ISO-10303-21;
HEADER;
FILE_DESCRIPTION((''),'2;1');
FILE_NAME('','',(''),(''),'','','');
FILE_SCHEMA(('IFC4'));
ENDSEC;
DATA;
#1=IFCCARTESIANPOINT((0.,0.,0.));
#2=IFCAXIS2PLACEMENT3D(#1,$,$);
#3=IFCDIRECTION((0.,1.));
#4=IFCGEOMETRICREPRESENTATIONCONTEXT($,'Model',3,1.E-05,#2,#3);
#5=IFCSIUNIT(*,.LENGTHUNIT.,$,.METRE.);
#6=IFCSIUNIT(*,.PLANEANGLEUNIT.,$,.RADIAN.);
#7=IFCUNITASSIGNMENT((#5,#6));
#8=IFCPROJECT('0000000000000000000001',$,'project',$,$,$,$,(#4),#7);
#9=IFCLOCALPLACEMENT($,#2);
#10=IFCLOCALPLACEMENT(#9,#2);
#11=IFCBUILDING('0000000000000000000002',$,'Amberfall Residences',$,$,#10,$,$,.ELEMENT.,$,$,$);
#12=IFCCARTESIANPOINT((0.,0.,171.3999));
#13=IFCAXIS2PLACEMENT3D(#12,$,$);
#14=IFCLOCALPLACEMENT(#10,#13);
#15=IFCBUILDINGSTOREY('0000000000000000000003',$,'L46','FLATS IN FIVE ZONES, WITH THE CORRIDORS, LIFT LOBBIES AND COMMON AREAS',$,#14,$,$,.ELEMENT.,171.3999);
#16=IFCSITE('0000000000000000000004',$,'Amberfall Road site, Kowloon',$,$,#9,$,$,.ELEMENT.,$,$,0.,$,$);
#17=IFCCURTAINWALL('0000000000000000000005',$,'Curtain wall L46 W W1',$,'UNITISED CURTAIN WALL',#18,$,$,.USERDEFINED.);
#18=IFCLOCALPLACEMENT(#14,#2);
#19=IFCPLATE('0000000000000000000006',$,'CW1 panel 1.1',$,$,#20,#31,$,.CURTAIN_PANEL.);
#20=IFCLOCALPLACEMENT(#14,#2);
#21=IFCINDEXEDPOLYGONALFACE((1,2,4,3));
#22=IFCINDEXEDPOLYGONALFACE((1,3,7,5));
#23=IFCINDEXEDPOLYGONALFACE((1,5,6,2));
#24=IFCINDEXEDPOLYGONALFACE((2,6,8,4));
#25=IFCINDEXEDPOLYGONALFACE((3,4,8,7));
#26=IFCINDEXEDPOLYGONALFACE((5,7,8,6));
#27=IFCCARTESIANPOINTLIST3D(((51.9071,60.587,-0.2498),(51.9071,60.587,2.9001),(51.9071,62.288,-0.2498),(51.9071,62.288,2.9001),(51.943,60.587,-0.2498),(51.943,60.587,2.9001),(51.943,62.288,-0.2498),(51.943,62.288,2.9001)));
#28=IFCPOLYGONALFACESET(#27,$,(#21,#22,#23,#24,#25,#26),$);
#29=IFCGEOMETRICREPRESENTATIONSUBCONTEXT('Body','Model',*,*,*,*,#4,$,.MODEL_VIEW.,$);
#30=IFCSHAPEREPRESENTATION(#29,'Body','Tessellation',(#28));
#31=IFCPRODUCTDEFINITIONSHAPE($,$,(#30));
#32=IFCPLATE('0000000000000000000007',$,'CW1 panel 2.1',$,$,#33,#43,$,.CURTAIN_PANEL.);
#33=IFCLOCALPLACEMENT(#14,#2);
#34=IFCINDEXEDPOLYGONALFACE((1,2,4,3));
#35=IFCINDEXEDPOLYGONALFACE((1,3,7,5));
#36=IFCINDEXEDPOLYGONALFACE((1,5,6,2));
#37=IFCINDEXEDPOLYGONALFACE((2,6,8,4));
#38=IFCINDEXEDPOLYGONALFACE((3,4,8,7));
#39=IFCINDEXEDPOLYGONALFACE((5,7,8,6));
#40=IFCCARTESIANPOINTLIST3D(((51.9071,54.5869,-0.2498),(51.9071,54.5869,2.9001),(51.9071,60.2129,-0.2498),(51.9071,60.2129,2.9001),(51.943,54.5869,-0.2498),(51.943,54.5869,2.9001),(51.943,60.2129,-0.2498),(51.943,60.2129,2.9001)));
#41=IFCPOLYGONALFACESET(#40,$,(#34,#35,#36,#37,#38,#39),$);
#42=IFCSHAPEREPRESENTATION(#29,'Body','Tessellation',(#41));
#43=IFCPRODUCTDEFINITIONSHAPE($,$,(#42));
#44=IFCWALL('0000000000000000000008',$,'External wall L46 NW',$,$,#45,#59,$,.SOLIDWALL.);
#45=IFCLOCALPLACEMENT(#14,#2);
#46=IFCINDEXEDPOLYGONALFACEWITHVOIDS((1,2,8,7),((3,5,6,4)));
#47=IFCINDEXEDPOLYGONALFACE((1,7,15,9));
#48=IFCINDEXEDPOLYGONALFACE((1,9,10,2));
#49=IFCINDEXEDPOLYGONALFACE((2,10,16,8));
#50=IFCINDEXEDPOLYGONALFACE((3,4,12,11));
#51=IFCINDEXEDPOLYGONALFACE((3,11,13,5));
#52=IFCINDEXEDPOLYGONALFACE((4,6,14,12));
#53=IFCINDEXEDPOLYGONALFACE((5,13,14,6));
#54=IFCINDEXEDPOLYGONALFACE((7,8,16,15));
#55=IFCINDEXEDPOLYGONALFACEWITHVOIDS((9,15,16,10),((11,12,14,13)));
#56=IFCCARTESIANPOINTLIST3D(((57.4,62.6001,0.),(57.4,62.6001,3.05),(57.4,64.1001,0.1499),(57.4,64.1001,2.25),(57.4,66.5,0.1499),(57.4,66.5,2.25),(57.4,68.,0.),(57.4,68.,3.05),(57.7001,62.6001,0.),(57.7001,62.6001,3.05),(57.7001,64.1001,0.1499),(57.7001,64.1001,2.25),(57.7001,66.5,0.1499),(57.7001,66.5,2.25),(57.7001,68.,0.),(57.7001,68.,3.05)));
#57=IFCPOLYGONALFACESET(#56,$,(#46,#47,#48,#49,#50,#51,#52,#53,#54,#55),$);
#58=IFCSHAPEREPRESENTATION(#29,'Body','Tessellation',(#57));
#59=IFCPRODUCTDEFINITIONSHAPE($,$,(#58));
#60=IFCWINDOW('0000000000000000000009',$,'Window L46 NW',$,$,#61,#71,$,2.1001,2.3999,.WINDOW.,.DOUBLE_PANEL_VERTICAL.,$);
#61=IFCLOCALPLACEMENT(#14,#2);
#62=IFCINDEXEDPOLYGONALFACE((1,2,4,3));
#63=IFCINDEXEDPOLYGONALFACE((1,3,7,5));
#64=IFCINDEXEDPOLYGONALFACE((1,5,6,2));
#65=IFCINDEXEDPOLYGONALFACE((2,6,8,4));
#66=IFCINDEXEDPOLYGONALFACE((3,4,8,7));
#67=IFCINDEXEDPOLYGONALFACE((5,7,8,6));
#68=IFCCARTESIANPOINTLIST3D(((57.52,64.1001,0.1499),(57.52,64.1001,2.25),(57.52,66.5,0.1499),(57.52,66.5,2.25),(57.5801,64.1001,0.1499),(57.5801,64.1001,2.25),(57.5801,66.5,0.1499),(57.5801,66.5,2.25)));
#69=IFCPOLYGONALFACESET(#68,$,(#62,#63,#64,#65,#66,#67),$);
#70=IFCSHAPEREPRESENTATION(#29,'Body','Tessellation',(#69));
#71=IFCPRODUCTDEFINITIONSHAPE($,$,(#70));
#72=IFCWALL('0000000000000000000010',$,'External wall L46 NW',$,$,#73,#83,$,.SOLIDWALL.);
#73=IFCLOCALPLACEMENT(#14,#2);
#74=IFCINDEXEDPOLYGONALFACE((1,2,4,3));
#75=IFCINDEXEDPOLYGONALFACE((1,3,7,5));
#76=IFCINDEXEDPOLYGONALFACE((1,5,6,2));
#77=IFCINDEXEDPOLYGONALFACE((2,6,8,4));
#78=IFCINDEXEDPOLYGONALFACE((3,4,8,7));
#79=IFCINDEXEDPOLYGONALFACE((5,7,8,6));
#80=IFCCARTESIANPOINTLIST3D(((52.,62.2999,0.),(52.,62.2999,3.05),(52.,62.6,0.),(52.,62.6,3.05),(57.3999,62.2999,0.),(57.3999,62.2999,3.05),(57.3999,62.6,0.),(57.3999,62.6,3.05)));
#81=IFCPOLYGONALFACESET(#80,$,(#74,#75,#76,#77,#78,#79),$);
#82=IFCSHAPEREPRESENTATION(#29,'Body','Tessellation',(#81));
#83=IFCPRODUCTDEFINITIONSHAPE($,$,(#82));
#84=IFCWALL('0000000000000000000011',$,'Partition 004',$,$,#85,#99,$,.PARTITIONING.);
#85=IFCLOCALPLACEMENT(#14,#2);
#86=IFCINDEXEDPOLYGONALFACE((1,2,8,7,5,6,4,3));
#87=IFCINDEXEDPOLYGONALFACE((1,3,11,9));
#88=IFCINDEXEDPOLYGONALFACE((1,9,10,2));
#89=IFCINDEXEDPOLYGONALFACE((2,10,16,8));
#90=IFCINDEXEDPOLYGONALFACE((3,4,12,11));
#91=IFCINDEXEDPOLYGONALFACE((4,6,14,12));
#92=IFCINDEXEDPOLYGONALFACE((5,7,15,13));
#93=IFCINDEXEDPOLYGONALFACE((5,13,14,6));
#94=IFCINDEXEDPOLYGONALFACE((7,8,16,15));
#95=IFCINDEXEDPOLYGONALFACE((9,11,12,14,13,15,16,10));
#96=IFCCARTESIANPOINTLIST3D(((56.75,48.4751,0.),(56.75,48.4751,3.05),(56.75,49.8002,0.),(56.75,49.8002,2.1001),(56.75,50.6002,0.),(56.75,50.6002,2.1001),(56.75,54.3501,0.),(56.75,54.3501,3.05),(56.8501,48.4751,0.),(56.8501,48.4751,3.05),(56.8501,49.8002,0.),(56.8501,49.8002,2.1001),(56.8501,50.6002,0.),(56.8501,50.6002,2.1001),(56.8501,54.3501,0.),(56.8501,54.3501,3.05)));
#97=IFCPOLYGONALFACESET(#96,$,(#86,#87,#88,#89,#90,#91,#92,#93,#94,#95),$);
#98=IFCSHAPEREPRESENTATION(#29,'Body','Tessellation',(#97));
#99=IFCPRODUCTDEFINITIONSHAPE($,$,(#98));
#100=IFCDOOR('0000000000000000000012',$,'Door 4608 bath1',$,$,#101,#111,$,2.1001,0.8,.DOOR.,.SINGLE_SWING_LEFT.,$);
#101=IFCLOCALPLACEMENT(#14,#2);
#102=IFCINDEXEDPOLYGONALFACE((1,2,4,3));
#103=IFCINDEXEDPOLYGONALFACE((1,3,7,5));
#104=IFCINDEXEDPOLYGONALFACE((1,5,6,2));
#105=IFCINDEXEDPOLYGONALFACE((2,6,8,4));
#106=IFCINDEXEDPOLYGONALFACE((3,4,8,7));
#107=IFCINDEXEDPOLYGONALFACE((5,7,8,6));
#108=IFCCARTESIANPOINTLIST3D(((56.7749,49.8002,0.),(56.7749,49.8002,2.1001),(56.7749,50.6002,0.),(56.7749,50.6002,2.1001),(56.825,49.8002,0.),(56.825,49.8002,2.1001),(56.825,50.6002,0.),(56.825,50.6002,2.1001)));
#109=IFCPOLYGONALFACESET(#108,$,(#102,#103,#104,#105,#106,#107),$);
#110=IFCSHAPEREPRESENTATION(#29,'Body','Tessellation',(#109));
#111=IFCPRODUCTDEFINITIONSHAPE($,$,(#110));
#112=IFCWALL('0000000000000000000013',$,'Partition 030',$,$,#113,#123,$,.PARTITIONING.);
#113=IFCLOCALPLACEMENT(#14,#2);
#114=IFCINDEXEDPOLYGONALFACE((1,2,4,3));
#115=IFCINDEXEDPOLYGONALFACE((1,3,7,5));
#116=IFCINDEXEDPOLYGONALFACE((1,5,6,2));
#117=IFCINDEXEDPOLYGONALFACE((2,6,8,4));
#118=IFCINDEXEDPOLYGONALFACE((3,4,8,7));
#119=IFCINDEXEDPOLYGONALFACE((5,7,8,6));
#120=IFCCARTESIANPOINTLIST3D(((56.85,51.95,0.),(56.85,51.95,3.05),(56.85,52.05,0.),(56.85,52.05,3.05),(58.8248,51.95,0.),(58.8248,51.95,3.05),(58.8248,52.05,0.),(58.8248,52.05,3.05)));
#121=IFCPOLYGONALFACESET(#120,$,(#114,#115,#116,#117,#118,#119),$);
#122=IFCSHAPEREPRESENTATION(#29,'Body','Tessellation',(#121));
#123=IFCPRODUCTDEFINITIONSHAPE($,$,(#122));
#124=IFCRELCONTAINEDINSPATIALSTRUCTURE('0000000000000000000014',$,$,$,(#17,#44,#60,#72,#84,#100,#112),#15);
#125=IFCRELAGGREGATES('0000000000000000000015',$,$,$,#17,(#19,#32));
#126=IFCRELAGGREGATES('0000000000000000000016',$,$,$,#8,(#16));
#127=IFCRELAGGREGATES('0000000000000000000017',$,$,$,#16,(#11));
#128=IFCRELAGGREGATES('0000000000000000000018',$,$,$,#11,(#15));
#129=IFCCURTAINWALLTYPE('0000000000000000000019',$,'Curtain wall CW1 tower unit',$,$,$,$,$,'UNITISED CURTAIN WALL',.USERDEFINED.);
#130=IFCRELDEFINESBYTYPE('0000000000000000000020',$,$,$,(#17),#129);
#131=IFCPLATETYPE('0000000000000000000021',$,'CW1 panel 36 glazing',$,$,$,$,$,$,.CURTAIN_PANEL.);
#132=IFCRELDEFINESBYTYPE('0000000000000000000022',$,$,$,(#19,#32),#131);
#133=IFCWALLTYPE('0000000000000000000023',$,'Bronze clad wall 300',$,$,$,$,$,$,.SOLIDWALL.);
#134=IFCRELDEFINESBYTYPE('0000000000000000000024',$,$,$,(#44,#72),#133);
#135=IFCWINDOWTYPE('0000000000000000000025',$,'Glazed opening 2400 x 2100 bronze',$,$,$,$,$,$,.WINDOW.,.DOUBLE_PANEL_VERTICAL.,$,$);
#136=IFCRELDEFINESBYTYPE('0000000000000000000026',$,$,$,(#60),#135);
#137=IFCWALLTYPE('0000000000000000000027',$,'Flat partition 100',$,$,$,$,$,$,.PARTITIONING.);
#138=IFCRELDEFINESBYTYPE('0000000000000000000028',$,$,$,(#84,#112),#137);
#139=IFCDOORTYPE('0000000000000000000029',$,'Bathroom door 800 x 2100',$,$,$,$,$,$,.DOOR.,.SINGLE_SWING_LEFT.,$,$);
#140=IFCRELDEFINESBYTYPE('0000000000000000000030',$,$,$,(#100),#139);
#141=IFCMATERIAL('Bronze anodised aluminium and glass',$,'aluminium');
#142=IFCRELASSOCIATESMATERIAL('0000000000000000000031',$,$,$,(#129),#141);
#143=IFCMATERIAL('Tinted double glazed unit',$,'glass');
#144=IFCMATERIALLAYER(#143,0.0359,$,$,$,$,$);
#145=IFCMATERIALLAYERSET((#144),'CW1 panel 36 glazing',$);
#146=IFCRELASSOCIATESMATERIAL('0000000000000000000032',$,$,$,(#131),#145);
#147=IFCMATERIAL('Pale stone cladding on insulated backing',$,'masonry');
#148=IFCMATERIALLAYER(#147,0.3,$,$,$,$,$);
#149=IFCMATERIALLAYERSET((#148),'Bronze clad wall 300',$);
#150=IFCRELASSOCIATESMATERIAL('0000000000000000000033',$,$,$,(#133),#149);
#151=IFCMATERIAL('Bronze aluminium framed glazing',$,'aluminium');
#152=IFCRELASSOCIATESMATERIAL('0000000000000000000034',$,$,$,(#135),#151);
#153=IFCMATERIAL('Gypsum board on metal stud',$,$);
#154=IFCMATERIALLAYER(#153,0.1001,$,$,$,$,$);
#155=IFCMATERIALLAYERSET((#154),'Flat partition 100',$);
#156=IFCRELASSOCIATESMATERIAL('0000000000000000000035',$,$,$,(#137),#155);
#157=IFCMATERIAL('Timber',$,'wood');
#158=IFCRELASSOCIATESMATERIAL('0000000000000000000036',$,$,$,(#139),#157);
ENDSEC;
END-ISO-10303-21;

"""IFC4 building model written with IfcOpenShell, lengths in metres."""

from ifc_helpers import new_model, si_unit, direction, frame, frame_2d, origin, origin_2d, place, context, subcontext, project, spatial, rectangle, extrude, material, layer, layer_set, type_object, element, fill, aggregate, save


model = new_model("IFC4")

# Units and contexts
model_context = context("Model", 3, precision=1e-05, world=origin(), true_north=direction((0.0, 1.0)))
body_context = subcontext(model_context, "Body", "Model", "MODEL_VIEW")
ifc_project = project(units=[si_unit("LENGTHUNIT", "METRE"), si_unit("PLANEANGLEUNIT", "RADIAN")], contexts=[model_context])

# Site, building, storey
site_placement = place(None, origin())
site = spatial("IfcSite", under=ifc_project, at=site_placement, Name="Amberfall Road site, Kowloon", CompositionType="ELEMENT", RefElevation=0.0)
building_placement = place(site_placement, origin())
building = spatial("IfcBuilding", under=site, at=building_placement, Name="Amberfall Residences", CompositionType="ELEMENT")
storey_placement = place(building_placement, frame((0.0, 0.0, 171.3999)))
storey = spatial("IfcBuildingStorey", under=building, at=storey_placement, Name="L46", Description="FLATS IN FIVE ZONES, WITH THE CORRIDORS, LIFT LOBBIES AND COMMON AREAS", CompositionType="ELEMENT", Elevation=171.3999)

# Curtain wall
ifc_material_1 = material(Name="Bronze anodised aluminium and glass", Category="aluminium")
curtain_wall_type = type_object("IfcCurtainWallType", Name="Curtain wall CW1 tower unit", ElementType="UNITISED CURTAIN WALL", PredefinedType="USERDEFINED", material=ifc_material_1)
curtain_wall_1_placement = place(storey_placement, origin())
curtain_wall_1 = element("IfcCurtainWall", 1, at=curtain_wall_1_placement, inside=storey, type_object=curtain_wall_type, Name="Curtain wall L46 W W1", ObjectType="UNITISED CURTAIN WALL", PredefinedType="USERDEFINED")

# Plates
ifc_material_2 = material(Name="Tinted double glazed unit", Category="glass")
ifc_layer_1 = layer(ifc_material_2, 0.0359)
ifc_layer_set_1 = layer_set([ifc_layer_1], Name="CW1 panel 36 glazing")
plate_type = type_object("IfcPlateType", Name="CW1 panel 36 glazing", PredefinedType="CURTAIN_PANEL", material=ifc_layer_set_1)
plate_1_placement = place(storey_placement, frame((51.925, 61.4375, -0.2498), z_axis=(0.0, 0.0, 1.0), x_axis=(0.0, -1.0, 0.0)))
plate_1 = element("IfcPlate", 2, at=plate_1_placement, type_object=plate_type, Name="CW1 panel 1.1", PredefinedType="CURTAIN_PANEL", context=body_context, shape_type="SweptSolid", body=[
    extrude(rectangle(XDim=1.7009, YDim=0.0359, at=origin_2d()), origin(), (0.0, 0.0, 1.0), 3.1499),
])
plate_2_placement = place(storey_placement, frame((51.925, 57.3999, -0.2498), z_axis=(0.0, 0.0, 1.0), x_axis=(0.0, -1.0, 0.0)))
plate_2 = element("IfcPlate", 3, at=plate_2_placement, type_object=plate_type, Name="CW1 panel 2.1", PredefinedType="CURTAIN_PANEL", context=body_context, shape_type="SweptSolid", body=[
    extrude(rectangle(XDim=5.626, YDim=0.0359, at=origin_2d()), origin(), (0.0, 0.0, 1.0), 3.1499),
])
aggregate(curtain_wall_1, [plate_1, plate_2])

# Wall, opening, window
ifc_material_3 = material(Name="Pale stone cladding on insulated backing", Category="masonry")
ifc_layer_2 = layer(ifc_material_3, 0.3)
ifc_layer_set_2 = layer_set([ifc_layer_2], Name="Bronze clad wall 300")
wall_type_1 = type_object("IfcWallType", Name="Bronze clad wall 300", PredefinedType="SOLIDWALL", material=ifc_layer_set_2)
wall_1_placement = place(storey_placement, frame((57.55, 68.0, 0.0), z_axis=(0.0, 0.0, 1.0), x_axis=(0.0, -1.0, 0.0)))
wall_1 = element("IfcWall", 4, at=wall_1_placement, inside=storey, type_object=wall_type_1, Name="External wall L46 NW", PredefinedType="SOLIDWALL", context=body_context, shape_type="SweptSolid", body=[
    extrude(rectangle(XDim=5.3999, YDim=0.3, at=frame_2d((2.7, 0.0))), origin(), (0.0, 0.0, 1.0), 3.05),
])
opening_1_placement = place(wall_1_placement, frame((1.5, 0.0, 0.1499)))
opening_1 = element("IfcOpeningElement", 5, at=opening_1_placement, cuts=wall_1, PredefinedType="OPENING", context=body_context, shape_type="SweptSolid", body=[
    extrude(rectangle(XDim=2.3999, YDim=2.1001, at=frame_2d((1.2, 1.05))), frame((0.0, 0.1599, 0.0), z_axis=(0.0, -1.0, 0.0), x_axis=(1.0, 0.0, 0.0)), (0.0, 0.0, 1.0), 0.3201),
])
ifc_material_4 = material(Name="Bronze aluminium framed glazing", Category="aluminium")
window_type = type_object("IfcWindowType", Name="Glazed opening 2400 x 2100 bronze", PartitioningType="DOUBLE_PANEL_VERTICAL", PredefinedType="WINDOW", material=ifc_material_4)
window_placement = place(opening_1_placement, origin())
window = element("IfcWindow", 6, at=window_placement, inside=storey, type_object=window_type, Name="Window L46 NW", OverallHeight=2.1001, OverallWidth=2.3999, PartitioningType="DOUBLE_PANEL_VERTICAL", PredefinedType="WINDOW", context=body_context, shape_type="SweptSolid", body=[
    extrude(rectangle(XDim=2.3999, YDim=2.1001, at=frame_2d((1.2, 1.05))), frame((0.0, 0.03, 0.0), z_axis=(0.0, -1.0, 0.0), x_axis=(1.0, 0.0, 0.0)), (0.0, 0.0, 1.0), 0.0601),
])
fill(opening_1, window)

# Wall
wall_2_placement = place(storey_placement, frame((57.3999, 62.45, 0.0), z_axis=(0.0, 0.0, 1.0), x_axis=(-1.0, 0.0, 0.0)))
element("IfcWall", 7, at=wall_2_placement, inside=storey, type_object=wall_type_1, Name="External wall L46 NW", PredefinedType="SOLIDWALL", context=body_context, shape_type="SweptSolid", body=[
    extrude(rectangle(XDim=5.3999, YDim=0.3, at=frame_2d((2.7, 0.0))), origin(), (0.0, 0.0, 1.0), 3.05),
])

# Wall, opening, door
ifc_material_5 = material(Name="Gypsum board on metal stud")
ifc_layer_3 = layer(ifc_material_5, 0.1001)
ifc_layer_set_3 = layer_set([ifc_layer_3], Name="Flat partition 100")
wall_type_2 = type_object("IfcWallType", Name="Flat partition 100", PredefinedType="PARTITIONING", material=ifc_layer_set_3)
wall_3_placement = place(storey_placement, frame((56.8, 54.3501, 0.0), z_axis=(0.0, 0.0, 1.0), x_axis=(0.0, -1.0, 0.0)))
wall_3 = element("IfcWall", 8, at=wall_3_placement, inside=storey, type_object=wall_type_2, Name="Partition 004", PredefinedType="PARTITIONING", context=body_context, shape_type="SweptSolid", body=[
    extrude(rectangle(XDim=5.875, YDim=0.1001, at=frame_2d((2.9375, 0.0))), origin(), (0.0, 0.0, 1.0), 3.05),
])
opening_2_placement = place(wall_3_placement, frame((3.75, 0.0, 0.0)))
opening_2 = element("IfcOpeningElement", 9, at=opening_2_placement, cuts=wall_3, PredefinedType="OPENING", context=body_context, shape_type="SweptSolid", body=[
    extrude(rectangle(XDim=0.8, YDim=2.1001, at=frame_2d((0.3999, 1.05))), frame((0.0, 0.0601, 0.0), z_axis=(0.0, -1.0, 0.0), x_axis=(1.0, 0.0, 0.0)), (0.0, 0.0, 1.0), 0.1201),
])
ifc_material_6 = material(Name="Timber", Category="wood")
door_type = type_object("IfcDoorType", Name="Bathroom door 800 x 2100", OperationType="SINGLE_SWING_LEFT", PredefinedType="DOOR", material=ifc_material_6)
door_placement = place(opening_2_placement, origin())
door = element("IfcDoor", 10, at=door_placement, inside=storey, type_object=door_type, Name="Door 4608 bath1", OperationType="SINGLE_SWING_LEFT", OverallHeight=2.1001, OverallWidth=0.8, PredefinedType="DOOR", context=body_context, shape_type="SweptSolid", body=[
    extrude(rectangle(XDim=0.8, YDim=2.1001, at=frame_2d((0.3999, 1.05))), frame((0.0, 0.0249, 0.0), z_axis=(0.0, -1.0, 0.0), x_axis=(1.0, 0.0, 0.0)), (0.0, 0.0, 1.0), 0.05),
])
fill(opening_2, door)

# Wall
wall_4_placement = place(storey_placement, frame((56.8501, 52.0, 0.0), z_axis=(0.0, 0.0, 1.0), x_axis=(1.0, 0.0, 0.0)))
element("IfcWall", 11, at=wall_4_placement, inside=storey, type_object=wall_type_2, Name="Partition 030", PredefinedType="PARTITIONING", context=body_context, shape_type="SweptSolid", body=[
    extrude(rectangle(XDim=1.9749, YDim=0.1001, at=frame_2d((0.9873, 0.0))), origin(), (0.0, 0.0, 1.0), 3.05),
])

save(model, "model.ifc")
